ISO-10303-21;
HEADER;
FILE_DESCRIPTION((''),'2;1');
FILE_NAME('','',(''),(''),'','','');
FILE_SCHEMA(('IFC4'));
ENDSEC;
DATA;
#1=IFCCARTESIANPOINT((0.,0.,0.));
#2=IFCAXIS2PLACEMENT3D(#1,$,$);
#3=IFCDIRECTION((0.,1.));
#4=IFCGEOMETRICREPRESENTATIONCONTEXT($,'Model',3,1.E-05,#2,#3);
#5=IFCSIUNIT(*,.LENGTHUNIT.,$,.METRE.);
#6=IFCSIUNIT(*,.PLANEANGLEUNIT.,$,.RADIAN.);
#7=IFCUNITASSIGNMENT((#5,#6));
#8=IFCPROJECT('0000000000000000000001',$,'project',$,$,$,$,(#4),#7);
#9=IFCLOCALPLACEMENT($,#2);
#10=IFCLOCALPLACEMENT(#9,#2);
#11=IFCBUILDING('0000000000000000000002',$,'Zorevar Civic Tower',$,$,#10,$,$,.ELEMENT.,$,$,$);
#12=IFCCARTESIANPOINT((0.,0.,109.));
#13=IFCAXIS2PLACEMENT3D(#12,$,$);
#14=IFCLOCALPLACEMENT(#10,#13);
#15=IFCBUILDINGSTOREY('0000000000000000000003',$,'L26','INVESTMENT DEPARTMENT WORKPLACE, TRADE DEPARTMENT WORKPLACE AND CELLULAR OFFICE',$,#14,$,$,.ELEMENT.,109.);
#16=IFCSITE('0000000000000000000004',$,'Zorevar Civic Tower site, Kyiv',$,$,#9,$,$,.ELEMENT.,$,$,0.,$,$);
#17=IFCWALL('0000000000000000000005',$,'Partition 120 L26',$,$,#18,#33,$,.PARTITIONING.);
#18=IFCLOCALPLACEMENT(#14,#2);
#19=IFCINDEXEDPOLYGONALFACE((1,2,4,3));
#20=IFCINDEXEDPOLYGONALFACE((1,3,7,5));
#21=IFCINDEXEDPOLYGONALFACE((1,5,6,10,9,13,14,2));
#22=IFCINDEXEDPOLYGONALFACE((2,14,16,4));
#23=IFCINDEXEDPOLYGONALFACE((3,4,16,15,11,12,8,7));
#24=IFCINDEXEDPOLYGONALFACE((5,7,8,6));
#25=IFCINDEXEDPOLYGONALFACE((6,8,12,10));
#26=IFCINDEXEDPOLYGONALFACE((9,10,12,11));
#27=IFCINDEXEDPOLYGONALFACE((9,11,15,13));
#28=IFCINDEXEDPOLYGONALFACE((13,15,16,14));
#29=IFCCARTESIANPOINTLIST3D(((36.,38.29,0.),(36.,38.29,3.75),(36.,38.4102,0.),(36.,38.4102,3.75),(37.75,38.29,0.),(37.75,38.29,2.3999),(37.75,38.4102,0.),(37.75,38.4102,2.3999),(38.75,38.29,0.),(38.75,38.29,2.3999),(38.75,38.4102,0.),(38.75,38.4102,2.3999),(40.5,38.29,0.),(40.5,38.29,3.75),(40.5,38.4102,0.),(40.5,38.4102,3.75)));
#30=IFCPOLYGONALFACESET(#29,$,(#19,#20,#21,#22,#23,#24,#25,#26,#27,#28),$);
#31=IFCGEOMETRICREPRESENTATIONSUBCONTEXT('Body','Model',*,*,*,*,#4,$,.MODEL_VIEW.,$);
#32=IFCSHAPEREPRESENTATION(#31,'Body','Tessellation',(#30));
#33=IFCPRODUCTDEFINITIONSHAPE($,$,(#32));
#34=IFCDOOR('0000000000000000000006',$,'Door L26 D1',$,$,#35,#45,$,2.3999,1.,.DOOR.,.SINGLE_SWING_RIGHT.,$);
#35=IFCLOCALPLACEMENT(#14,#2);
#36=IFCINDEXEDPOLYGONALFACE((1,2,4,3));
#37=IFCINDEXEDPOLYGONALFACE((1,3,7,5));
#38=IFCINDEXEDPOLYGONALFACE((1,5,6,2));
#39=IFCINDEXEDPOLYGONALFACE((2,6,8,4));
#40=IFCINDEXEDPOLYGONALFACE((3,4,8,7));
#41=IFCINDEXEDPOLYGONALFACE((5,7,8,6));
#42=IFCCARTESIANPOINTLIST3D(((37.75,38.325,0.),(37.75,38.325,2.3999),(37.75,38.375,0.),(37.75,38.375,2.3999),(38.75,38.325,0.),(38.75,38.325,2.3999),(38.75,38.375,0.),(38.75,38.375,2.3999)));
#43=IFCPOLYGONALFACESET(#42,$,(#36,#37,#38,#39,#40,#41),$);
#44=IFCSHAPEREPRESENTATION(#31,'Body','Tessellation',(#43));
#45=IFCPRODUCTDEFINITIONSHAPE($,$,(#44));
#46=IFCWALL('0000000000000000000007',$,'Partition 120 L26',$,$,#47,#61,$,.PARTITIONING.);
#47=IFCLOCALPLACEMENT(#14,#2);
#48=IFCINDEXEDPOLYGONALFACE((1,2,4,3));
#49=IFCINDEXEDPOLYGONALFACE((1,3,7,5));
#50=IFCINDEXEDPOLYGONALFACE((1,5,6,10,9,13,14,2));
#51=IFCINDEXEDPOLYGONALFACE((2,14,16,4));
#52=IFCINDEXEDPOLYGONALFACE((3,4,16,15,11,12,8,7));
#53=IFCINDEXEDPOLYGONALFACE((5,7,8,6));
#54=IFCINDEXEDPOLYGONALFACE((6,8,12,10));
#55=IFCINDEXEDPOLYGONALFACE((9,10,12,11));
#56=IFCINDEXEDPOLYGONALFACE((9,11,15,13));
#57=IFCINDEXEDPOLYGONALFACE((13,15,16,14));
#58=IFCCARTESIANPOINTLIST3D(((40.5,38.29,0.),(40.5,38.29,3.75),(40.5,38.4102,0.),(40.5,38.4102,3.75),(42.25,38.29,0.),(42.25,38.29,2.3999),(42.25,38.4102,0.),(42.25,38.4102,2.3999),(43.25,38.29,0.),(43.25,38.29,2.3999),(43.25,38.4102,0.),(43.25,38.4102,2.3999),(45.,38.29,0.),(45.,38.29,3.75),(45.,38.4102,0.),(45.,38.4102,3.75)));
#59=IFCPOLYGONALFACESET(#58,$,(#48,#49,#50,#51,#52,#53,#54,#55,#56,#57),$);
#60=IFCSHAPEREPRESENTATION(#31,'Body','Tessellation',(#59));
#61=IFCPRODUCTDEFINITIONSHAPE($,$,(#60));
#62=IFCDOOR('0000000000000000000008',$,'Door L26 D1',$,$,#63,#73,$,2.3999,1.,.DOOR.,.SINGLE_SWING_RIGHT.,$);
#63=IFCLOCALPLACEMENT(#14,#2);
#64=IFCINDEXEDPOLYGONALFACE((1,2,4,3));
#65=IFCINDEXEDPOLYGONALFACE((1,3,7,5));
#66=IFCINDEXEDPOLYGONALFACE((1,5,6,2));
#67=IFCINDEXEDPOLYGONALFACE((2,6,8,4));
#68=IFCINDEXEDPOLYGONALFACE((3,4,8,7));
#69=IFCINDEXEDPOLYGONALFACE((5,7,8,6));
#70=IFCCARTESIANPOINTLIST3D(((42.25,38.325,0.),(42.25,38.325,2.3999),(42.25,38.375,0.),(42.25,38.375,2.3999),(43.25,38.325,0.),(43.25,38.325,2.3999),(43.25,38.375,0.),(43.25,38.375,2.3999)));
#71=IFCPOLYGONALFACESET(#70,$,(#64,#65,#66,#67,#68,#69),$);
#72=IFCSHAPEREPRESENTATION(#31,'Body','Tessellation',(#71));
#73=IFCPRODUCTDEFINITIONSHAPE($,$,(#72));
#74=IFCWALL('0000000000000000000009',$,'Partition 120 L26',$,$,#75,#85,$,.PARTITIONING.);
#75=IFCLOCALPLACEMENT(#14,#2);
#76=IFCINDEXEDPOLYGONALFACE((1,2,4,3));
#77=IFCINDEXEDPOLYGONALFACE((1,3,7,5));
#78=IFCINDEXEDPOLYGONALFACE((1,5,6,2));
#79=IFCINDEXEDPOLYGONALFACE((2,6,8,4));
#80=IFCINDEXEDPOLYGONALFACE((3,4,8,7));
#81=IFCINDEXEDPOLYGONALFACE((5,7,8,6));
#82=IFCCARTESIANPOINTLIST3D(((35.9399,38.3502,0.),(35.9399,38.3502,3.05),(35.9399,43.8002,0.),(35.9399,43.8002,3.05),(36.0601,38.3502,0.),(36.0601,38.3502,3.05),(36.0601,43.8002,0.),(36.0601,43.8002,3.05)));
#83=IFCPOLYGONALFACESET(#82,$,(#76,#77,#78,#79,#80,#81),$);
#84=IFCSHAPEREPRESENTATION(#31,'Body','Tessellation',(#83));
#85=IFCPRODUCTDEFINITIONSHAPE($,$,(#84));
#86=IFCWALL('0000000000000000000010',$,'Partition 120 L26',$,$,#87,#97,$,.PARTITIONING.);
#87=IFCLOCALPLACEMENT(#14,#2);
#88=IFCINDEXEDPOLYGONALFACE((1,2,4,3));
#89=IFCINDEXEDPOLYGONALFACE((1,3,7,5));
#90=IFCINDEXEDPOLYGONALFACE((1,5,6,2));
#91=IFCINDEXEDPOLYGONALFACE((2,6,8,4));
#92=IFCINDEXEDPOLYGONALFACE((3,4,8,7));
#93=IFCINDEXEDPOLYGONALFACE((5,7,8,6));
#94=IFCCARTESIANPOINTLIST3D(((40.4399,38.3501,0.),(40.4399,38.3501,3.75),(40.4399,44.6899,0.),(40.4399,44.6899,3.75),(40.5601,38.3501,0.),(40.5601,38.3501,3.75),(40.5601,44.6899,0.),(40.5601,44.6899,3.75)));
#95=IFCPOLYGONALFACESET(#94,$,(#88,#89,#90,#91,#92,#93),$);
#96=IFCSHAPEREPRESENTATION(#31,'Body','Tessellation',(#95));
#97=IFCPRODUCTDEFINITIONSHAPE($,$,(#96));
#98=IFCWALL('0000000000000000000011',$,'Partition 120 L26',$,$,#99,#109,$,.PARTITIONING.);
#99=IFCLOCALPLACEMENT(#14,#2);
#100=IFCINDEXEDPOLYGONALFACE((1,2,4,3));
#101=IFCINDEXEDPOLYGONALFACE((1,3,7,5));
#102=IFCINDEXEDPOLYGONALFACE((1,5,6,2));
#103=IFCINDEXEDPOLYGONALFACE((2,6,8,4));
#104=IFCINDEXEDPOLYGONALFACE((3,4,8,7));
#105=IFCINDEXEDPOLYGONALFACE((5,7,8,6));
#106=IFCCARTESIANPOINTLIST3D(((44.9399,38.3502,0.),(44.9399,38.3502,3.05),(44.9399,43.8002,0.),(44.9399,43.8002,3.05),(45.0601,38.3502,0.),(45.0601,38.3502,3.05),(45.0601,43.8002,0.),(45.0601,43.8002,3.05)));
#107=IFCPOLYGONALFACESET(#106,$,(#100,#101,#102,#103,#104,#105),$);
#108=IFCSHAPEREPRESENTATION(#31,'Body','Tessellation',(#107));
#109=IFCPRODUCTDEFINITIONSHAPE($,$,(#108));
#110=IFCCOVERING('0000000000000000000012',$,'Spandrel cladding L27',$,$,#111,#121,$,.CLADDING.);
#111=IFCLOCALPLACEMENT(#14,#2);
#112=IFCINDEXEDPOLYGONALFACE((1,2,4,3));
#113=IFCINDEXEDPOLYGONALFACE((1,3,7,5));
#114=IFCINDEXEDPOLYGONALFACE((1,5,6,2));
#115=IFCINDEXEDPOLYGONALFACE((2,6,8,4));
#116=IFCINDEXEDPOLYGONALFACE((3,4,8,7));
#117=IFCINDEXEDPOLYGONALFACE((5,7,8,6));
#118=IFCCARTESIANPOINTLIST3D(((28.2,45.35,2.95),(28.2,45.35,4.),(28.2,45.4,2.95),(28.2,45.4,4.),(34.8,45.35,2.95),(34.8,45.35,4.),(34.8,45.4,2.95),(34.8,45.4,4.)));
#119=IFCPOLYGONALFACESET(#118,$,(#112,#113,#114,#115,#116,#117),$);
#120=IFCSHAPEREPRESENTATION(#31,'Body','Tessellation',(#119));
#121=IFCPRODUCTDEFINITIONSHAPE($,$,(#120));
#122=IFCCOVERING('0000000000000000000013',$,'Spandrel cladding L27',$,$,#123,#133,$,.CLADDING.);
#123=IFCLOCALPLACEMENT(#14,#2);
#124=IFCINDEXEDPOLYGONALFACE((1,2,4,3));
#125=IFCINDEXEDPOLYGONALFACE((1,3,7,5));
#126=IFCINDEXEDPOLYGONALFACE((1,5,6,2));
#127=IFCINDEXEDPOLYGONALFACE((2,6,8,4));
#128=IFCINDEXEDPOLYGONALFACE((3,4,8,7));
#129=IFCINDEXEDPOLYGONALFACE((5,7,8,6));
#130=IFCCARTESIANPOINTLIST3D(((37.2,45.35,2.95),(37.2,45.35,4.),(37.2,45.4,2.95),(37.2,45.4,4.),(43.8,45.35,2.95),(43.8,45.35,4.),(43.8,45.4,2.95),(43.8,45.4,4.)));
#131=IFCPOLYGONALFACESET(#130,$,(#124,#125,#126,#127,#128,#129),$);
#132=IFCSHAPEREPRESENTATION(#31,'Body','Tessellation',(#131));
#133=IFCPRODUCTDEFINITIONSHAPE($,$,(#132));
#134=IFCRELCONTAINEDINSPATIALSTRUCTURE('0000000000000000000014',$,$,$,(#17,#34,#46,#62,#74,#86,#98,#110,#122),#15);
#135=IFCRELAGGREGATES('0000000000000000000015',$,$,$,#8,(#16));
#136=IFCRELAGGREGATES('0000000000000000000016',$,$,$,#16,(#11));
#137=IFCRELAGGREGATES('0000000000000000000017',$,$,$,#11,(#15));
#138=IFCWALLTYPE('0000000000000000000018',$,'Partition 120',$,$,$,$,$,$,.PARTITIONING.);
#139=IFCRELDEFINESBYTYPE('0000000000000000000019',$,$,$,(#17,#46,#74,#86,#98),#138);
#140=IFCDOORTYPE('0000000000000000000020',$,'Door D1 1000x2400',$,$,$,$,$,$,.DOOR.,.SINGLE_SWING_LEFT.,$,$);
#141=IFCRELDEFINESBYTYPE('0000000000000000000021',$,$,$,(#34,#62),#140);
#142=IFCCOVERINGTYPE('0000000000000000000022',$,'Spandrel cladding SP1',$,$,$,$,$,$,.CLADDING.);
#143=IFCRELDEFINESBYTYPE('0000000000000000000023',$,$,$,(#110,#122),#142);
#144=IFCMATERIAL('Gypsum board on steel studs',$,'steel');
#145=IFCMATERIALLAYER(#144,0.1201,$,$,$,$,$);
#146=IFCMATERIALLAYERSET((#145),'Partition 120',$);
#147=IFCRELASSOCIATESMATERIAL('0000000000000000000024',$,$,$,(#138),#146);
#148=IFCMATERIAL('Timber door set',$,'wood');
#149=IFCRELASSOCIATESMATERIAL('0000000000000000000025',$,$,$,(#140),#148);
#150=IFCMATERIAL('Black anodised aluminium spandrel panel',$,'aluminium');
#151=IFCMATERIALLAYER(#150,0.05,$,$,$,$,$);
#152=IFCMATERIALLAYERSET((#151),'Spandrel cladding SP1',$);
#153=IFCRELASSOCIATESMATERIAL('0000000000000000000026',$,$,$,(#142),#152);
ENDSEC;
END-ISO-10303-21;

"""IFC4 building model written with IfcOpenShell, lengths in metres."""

from ifc_helpers import new_model, si_unit, direction, frame, frame_2d, origin, place, context, subcontext, project, spatial, rectangle, extrude, material, layer, layer_set, type_object, element, fill, save


model = new_model("IFC4")

# Units and contexts
model_context = context("Model", 3, precision=1e-05, world=origin(), true_north=direction((0.0, 1.0)))
body_context = subcontext(model_context, "Body", "Model", "MODEL_VIEW")
ifc_project = project(units=[si_unit("LENGTHUNIT", "METRE"), si_unit("PLANEANGLEUNIT", "RADIAN")], contexts=[model_context])

# Site, building, storey
site_placement = place(None, origin())
site = spatial("IfcSite", under=ifc_project, at=site_placement, Name="Zorevar Civic Tower site, Kyiv", CompositionType="ELEMENT", RefElevation=0.0)
building_placement = place(site_placement, origin())
building = spatial("IfcBuilding", under=site, at=building_placement, Name="Zorevar Civic Tower", CompositionType="ELEMENT")
storey_placement = place(building_placement, frame((0.0, 0.0, 109.0)))
storey = spatial("IfcBuildingStorey", under=building, at=storey_placement, Name="L26", Description="INVESTMENT DEPARTMENT WORKPLACE, TRADE DEPARTMENT WORKPLACE AND CELLULAR OFFICE", CompositionType="ELEMENT", Elevation=109.0)

# Walls, openings, doors
ifc_material_1 = material(Name="Gypsum board on steel studs", Category="steel")
ifc_layer_1 = layer(ifc_material_1, 0.1201)
ifc_layer_set_1 = layer_set([ifc_layer_1], Name="Partition 120")
wall_type = type_object("IfcWallType", Name="Partition 120", PredefinedType="PARTITIONING", material=ifc_layer_set_1)
wall_1_placement = place(storey_placement, frame((36.0, 38.3501, 0.0), z_axis=(0.0, 0.0, 1.0), x_axis=(1.0, 0.0, 0.0)))
wall_1 = element("IfcWall", 1, at=wall_1_placement, inside=storey, type_object=wall_type, Name="Partition 120 L26", PredefinedType="PARTITIONING", context=body_context, shape_type="SweptSolid", body=[
    extrude(rectangle(XDim=4.5, YDim=0.1201, at=frame_2d((2.25, 0.0))), origin(), (0.0, 0.0, 1.0), 3.75),
])
opening_1_placement = place(wall_1_placement, frame((1.75, 0.0, 0.0)))
opening_1 = element("IfcOpeningElement", 2, at=opening_1_placement, cuts=wall_1, PredefinedType="OPENING", context=body_context, shape_type="SweptSolid", body=[
    extrude(rectangle(XDim=1.0, YDim=2.3999, at=frame_2d((0.5, 1.2))), frame((0.0, 0.0701, 0.0), z_axis=(0.0, -1.0, 0.0), x_axis=(1.0, 0.0, 0.0)), (0.0, 0.0, 1.0), 0.1401),
])
ifc_material_2 = material(Name="Timber door set", Category="wood")
door_type = type_object("IfcDoorType", Name="Door D1 1000x2400", OperationType="SINGLE_SWING_LEFT", PredefinedType="DOOR", material=ifc_material_2)
door_1_placement = place(opening_1_placement, origin())
door_1 = element("IfcDoor", 3, at=door_1_placement, inside=storey, type_object=door_type, Name="Door L26 D1", OperationType="SINGLE_SWING_RIGHT", OverallHeight=2.3999, OverallWidth=1.0, PredefinedType="DOOR", context=body_context, shape_type="SweptSolid", body=[
    extrude(rectangle(XDim=1.0, YDim=2.3999, at=frame_2d((0.5, 1.2))), frame((0.0, 0.0249, 0.0), z_axis=(0.0, -1.0, 0.0), x_axis=(1.0, 0.0, 0.0)), (0.0, 0.0, 1.0), 0.05),
])
fill(opening_1, door_1)
wall_2_placement = place(storey_placement, frame((40.5, 38.3501, 0.0), z_axis=(0.0, 0.0, 1.0), x_axis=(1.0, 0.0, 0.0)))
wall_2 = element("IfcWall", 4, at=wall_2_placement, inside=storey, type_object=wall_type, Name="Partition 120 L26", PredefinedType="PARTITIONING", context=body_context, shape_type="SweptSolid", body=[
    extrude(rectangle(XDim=4.5, YDim=0.1201, at=frame_2d((2.25, 0.0))), origin(), (0.0, 0.0, 1.0), 3.75),
])
opening_2_placement = place(wall_2_placement, frame((1.75, 0.0, 0.0)))
opening_2 = element("IfcOpeningElement", 5, at=opening_2_placement, cuts=wall_2, PredefinedType="OPENING", context=body_context, shape_type="SweptSolid", body=[
    extrude(rectangle(XDim=1.0, YDim=2.3999, at=frame_2d((0.5, 1.2))), frame((0.0, 0.0701, 0.0), z_axis=(0.0, -1.0, 0.0), x_axis=(1.0, 0.0, 0.0)), (0.0, 0.0, 1.0), 0.1401),
])
door_2_placement = place(opening_2_placement, origin())
door_2 = element("IfcDoor", 6, at=door_2_placement, inside=storey, type_object=door_type, Name="Door L26 D1", OperationType="SINGLE_SWING_RIGHT", OverallHeight=2.3999, OverallWidth=1.0, PredefinedType="DOOR", context=body_context, shape_type="SweptSolid", body=[
    extrude(rectangle(XDim=1.0, YDim=2.3999, at=frame_2d((0.5, 1.2))), frame((0.0, 0.0249, 0.0), z_axis=(0.0, -1.0, 0.0), x_axis=(1.0, 0.0, 0.0)), (0.0, 0.0, 1.0), 0.05),
])
fill(opening_2, door_2)

# Walls
wall_3_placement = place(storey_placement, frame((36.0, 38.3501, 0.0), z_axis=(0.0, 0.0, 1.0), x_axis=(0.0, 1.0, 0.0)))
element("IfcWall", 7, at=wall_3_placement, inside=storey, type_object=wall_type, Name="Partition 120 L26", PredefinedType="PARTITIONING", context=body_context, shape_type="SweptSolid", body=[
    extrude(rectangle(XDim=5.45, YDim=0.1201, at=frame_2d((2.7251, 0.0))), origin(), (0.0, 0.0, 1.0), 3.05),
])
wall_4_placement = place(storey_placement, frame((40.5, 38.3501, 0.0), z_axis=(0.0, 0.0, 1.0), x_axis=(0.0, 1.0, 0.0)))
element("IfcWall", 8, at=wall_4_placement, inside=storey, type_object=wall_type, Name="Partition 120 L26", PredefinedType="PARTITIONING", context=body_context, shape_type="SweptSolid", body=[
    extrude(rectangle(XDim=6.3398, YDim=0.1201, at=frame_2d((3.1699, 0.0))), origin(), (0.0, 0.0, 1.0), 3.75),
])
wall_5_placement = place(storey_placement, frame((45.0, 38.3501, 0.0), z_axis=(0.0, 0.0, 1.0), x_axis=(0.0, 1.0, 0.0)))
element("IfcWall", 9, at=wall_5_placement, inside=storey, type_object=wall_type, Name="Partition 120 L26", PredefinedType="PARTITIONING", context=body_context, shape_type="SweptSolid", body=[
    extrude(rectangle(XDim=5.45, YDim=0.1201, at=frame_2d((2.7251, 0.0))), origin(), (0.0, 0.0, 1.0), 3.05),
])

# Coverings
ifc_material_3 = material(Name="Black anodised aluminium spandrel panel", Category="aluminium")
ifc_layer_2 = layer(ifc_material_3, 0.05)
ifc_layer_set_2 = layer_set([ifc_layer_2], Name="Spandrel cladding SP1")
covering_type = type_object("IfcCoveringType", Name="Spandrel cladding SP1", PredefinedType="CLADDING", material=ifc_layer_set_2)
for number, where, z_axis, x_axis, name in (
    (10, (28.2, 45.375, 2.95), (0.0, 0.0, 1.0), (1.0, 0.0, 0.0), "Spandrel cladding L27"),
    (11, (37.2, 45.375, 2.95), (0.0, 0.0, 1.0), (1.0, 0.0, 0.0), "Spandrel cladding L27"),
):
    element("IfcCovering", number, at=place(storey_placement, frame(where, z_axis=z_axis, x_axis=x_axis)), inside=storey, type_object=covering_type, Name=name, PredefinedType="CLADDING", context=body_context, shape_type="SweptSolid", body=[
        extrude(rectangle(XDim=6.6001, YDim=0.05, at=frame_2d((3.3, 0.0))), origin(), (0.0, 0.0, 1.0), 1.05),
    ])

save(model, "model.ifc")
